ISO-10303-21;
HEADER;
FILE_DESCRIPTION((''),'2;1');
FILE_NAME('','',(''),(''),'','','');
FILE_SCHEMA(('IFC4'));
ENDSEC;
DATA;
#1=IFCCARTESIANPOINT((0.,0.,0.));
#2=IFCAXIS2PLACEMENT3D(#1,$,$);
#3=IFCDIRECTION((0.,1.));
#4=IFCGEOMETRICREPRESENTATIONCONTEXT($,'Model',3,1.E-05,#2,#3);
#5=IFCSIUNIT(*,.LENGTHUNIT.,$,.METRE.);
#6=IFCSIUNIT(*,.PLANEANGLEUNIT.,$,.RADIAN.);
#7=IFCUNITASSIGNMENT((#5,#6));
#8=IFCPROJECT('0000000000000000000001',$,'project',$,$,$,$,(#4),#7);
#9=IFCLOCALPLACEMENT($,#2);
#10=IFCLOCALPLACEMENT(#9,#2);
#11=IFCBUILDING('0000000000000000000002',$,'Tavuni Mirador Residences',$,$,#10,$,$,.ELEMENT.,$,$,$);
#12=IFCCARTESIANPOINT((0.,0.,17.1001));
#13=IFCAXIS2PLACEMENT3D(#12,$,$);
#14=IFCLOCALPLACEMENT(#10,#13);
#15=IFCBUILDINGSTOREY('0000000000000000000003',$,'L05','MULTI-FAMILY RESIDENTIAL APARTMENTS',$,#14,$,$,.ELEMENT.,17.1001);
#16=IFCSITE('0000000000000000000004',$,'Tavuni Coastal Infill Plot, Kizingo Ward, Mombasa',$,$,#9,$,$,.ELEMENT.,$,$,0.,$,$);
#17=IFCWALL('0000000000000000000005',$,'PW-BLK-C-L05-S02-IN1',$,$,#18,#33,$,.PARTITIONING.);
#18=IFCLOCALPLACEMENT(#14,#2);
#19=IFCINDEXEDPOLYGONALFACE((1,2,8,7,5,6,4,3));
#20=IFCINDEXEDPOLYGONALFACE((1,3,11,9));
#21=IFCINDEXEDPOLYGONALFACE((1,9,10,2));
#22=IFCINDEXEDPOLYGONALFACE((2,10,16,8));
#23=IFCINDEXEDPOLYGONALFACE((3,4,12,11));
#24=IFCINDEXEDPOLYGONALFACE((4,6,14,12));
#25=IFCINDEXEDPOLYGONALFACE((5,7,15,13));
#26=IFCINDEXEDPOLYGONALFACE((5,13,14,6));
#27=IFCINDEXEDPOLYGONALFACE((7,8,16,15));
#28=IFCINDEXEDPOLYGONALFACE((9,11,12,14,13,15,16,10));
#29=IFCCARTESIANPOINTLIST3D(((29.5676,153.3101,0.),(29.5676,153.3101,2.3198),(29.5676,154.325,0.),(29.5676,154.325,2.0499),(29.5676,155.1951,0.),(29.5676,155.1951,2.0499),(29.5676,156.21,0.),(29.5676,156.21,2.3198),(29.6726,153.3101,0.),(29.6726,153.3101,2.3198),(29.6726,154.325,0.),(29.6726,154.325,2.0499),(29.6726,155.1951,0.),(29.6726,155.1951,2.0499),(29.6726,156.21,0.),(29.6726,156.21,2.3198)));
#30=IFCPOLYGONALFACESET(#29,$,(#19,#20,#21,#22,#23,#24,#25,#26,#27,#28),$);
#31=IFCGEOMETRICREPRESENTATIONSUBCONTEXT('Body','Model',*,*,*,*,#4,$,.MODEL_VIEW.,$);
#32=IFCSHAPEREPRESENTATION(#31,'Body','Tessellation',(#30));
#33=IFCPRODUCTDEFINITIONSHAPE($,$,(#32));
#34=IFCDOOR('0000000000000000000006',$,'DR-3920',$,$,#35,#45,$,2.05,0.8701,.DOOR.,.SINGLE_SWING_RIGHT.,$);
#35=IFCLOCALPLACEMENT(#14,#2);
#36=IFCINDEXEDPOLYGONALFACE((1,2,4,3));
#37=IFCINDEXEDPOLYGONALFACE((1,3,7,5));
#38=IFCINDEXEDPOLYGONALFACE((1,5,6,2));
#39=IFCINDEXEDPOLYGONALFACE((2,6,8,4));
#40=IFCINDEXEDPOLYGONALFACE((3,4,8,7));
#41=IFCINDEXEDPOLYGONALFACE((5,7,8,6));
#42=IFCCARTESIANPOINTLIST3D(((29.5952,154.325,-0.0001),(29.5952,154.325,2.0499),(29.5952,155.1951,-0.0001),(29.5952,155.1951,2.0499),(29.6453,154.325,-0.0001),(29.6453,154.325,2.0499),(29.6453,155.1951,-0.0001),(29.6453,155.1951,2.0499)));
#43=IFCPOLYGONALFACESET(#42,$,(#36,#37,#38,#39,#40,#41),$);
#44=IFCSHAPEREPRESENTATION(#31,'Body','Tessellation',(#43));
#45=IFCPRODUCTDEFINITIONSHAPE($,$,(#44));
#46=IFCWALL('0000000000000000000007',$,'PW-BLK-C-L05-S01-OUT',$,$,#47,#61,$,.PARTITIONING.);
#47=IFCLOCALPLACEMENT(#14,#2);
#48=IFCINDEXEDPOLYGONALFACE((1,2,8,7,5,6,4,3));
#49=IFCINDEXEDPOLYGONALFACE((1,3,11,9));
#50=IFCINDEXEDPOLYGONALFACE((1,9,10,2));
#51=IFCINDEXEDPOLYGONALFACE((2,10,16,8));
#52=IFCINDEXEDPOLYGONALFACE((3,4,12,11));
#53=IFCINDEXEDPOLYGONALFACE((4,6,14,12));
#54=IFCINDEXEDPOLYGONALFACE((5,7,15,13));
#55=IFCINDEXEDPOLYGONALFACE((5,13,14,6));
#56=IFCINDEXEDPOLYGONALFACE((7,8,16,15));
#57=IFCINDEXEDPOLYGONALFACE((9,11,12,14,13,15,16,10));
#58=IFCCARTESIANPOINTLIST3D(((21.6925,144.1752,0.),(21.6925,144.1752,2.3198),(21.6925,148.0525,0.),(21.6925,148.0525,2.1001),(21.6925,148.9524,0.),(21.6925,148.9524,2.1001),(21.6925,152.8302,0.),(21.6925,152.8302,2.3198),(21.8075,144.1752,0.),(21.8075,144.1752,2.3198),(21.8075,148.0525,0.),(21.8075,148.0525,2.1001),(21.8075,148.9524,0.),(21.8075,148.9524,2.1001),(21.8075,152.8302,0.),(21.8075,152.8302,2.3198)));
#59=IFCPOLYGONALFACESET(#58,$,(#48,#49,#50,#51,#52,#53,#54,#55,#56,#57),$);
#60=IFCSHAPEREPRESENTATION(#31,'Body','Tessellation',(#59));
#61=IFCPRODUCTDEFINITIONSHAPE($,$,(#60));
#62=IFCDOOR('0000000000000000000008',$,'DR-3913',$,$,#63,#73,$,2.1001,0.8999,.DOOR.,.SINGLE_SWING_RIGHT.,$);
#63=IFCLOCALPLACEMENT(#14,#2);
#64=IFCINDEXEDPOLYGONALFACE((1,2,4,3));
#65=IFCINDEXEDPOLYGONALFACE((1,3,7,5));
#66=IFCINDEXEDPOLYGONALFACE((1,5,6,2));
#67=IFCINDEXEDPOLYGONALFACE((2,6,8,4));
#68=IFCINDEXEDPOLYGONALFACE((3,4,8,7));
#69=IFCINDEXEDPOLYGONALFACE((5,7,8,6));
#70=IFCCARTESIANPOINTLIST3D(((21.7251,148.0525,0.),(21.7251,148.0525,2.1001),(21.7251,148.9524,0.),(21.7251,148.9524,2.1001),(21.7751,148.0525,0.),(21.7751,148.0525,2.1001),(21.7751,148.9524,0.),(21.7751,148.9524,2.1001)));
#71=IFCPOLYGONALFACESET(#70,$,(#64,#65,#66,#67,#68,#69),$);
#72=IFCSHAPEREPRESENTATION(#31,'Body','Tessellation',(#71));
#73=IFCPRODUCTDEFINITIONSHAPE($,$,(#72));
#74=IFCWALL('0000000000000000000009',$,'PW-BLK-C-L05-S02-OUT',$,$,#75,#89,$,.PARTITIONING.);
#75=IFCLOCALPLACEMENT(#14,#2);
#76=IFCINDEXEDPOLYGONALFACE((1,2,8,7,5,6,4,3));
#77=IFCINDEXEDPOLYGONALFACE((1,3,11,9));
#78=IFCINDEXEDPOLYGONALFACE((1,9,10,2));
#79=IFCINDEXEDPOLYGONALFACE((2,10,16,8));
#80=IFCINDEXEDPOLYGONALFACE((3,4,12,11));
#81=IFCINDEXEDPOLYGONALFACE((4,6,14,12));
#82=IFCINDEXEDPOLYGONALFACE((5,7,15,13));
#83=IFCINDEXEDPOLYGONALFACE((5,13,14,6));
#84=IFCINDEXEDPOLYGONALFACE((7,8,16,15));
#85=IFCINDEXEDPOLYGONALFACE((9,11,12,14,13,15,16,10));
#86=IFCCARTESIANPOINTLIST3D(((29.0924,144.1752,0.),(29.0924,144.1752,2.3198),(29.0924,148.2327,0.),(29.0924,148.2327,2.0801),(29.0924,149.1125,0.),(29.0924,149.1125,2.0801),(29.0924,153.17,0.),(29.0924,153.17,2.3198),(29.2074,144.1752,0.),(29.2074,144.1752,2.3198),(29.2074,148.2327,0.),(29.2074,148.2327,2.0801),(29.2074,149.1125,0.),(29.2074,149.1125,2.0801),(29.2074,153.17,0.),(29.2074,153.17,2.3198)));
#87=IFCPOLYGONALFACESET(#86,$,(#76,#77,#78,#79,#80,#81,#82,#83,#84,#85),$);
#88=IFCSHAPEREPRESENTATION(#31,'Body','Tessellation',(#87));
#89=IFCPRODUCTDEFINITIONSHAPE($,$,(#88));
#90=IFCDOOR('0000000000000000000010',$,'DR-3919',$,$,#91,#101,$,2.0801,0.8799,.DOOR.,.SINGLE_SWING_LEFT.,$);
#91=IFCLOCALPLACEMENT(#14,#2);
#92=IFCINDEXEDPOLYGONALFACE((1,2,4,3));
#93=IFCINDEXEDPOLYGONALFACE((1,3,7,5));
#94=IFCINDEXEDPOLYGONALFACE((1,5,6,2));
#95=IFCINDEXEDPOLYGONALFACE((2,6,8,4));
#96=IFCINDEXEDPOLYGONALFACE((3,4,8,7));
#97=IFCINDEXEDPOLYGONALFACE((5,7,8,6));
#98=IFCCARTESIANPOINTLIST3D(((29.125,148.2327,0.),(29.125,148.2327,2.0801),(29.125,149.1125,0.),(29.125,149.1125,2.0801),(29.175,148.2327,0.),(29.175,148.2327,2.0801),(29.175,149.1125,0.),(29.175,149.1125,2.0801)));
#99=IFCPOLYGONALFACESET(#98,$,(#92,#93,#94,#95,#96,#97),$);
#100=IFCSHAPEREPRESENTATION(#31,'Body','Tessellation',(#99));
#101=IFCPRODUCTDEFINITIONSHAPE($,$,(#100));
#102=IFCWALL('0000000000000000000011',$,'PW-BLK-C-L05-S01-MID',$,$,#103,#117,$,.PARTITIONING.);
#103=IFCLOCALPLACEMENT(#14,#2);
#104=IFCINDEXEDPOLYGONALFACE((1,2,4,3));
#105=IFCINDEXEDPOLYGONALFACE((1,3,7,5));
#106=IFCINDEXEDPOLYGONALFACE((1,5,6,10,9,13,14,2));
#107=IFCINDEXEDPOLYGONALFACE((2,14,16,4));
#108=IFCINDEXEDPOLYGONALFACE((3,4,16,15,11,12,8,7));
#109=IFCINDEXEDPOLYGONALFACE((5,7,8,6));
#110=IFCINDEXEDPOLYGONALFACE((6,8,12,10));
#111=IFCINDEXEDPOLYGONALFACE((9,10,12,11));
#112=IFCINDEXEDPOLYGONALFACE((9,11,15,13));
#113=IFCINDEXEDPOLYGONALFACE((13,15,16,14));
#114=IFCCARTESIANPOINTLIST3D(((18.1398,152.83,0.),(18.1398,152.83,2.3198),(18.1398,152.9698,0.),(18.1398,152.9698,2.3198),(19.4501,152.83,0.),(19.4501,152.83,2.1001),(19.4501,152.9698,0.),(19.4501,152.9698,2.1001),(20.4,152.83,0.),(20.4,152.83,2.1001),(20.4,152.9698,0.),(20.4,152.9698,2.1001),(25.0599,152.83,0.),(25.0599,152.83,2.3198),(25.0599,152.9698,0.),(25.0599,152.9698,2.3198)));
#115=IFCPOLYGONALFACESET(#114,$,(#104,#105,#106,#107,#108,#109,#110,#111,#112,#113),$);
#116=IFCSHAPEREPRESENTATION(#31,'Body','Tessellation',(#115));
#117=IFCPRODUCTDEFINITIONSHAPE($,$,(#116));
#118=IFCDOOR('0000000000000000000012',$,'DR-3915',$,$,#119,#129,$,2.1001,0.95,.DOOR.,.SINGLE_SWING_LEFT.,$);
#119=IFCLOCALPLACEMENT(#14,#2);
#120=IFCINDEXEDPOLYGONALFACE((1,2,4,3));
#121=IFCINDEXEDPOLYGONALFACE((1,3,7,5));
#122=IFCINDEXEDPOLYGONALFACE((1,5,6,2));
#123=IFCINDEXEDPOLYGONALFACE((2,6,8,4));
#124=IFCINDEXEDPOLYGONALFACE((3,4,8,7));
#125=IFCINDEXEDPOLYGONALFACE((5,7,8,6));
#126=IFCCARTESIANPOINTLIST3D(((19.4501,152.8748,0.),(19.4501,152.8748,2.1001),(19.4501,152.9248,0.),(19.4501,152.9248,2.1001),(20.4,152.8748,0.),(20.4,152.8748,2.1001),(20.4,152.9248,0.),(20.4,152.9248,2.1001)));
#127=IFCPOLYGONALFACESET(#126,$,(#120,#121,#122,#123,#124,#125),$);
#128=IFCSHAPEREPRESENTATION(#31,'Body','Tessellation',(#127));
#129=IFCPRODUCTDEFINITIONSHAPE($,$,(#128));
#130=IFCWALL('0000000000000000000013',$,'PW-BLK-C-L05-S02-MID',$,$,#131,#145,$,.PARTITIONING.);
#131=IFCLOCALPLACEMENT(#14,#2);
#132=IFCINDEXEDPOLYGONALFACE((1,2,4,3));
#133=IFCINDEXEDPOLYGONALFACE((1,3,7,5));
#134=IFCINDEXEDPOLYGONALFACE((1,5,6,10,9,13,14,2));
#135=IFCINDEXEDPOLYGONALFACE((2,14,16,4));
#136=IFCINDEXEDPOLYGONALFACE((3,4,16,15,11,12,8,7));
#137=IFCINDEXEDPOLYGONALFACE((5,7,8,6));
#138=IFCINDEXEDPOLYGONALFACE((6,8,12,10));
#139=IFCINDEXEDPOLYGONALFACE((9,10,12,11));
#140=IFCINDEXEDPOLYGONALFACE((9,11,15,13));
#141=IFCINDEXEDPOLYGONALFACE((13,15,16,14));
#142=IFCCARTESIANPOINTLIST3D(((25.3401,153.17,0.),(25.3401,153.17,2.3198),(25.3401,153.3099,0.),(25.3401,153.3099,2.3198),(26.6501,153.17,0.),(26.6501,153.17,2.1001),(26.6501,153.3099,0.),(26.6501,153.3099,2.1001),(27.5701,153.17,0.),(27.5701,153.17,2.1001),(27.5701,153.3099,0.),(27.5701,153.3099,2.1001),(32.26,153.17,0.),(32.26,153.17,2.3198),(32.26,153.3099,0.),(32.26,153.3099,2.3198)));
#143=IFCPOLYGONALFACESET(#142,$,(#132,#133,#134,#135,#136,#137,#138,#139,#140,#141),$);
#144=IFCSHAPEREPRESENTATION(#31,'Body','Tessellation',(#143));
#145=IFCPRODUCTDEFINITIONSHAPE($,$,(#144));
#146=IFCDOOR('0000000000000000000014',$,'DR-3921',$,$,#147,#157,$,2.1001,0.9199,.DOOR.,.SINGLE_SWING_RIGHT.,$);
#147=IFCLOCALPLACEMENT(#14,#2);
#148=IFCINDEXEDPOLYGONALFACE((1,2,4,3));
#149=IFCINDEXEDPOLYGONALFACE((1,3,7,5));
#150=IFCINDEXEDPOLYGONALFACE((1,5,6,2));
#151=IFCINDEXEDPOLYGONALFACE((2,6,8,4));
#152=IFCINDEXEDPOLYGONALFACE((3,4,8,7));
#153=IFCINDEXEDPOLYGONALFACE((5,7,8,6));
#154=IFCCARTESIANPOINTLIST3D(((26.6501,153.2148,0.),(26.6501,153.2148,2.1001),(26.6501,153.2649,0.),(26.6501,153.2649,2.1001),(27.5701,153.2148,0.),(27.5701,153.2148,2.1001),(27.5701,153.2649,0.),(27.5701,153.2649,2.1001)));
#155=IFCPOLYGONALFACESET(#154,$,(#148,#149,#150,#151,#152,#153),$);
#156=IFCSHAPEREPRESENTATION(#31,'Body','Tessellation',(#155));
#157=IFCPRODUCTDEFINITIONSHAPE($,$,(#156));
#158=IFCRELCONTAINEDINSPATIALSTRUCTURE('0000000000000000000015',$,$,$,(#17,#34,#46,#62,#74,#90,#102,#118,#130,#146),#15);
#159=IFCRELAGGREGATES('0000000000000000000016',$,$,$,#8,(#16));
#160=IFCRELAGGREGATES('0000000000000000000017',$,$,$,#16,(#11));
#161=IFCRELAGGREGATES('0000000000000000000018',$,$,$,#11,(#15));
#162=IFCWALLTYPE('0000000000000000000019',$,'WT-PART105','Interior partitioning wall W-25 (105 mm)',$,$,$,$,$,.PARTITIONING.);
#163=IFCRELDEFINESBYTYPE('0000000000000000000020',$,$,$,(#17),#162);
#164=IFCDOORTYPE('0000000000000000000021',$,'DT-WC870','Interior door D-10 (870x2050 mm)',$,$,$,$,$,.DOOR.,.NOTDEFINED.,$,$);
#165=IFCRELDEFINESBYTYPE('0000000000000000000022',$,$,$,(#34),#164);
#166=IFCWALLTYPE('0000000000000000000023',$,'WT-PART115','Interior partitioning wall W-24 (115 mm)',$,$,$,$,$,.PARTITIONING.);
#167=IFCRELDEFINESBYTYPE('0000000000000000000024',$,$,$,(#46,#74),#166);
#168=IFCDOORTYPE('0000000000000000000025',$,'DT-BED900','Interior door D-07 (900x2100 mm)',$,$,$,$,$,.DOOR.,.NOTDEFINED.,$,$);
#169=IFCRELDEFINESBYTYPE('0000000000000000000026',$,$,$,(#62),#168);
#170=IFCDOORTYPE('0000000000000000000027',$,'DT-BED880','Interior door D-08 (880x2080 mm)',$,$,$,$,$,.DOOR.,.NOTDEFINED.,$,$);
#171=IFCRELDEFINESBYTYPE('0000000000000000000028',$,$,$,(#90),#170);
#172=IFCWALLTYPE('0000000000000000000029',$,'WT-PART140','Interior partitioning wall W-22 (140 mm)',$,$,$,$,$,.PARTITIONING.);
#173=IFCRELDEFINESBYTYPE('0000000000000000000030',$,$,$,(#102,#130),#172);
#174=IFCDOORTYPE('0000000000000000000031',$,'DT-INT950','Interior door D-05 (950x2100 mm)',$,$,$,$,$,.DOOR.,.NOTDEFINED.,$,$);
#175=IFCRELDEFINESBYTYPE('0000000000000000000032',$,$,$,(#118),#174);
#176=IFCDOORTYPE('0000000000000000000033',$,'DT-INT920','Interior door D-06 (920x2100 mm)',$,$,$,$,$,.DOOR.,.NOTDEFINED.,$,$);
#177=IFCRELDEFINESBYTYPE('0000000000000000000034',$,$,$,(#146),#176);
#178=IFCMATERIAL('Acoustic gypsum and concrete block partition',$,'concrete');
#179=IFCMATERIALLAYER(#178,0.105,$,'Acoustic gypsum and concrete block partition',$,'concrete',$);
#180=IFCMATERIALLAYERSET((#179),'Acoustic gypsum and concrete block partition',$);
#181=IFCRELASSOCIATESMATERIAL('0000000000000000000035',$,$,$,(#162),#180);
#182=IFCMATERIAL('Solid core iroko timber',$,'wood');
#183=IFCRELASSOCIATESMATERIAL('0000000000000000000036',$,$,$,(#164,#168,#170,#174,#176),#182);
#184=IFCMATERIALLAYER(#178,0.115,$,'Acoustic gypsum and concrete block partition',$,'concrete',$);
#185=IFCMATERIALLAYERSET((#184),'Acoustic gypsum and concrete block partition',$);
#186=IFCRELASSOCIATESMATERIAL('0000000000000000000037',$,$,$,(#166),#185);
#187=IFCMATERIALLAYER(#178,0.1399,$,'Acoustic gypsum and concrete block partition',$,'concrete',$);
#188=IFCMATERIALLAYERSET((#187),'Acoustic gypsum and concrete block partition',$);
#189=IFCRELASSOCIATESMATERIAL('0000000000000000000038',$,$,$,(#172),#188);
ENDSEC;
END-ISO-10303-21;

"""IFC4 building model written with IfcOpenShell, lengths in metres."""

from ifc_helpers import new_model, si_unit, direction, frame, frame_2d, origin, place, context, subcontext, project, spatial, rectangle, extrude, material, layer, layer_set, type_object, element, fill, save


model = new_model("IFC4")

# Units and contexts
model_context = context("Model", 3, precision=1e-05, world=origin(), true_north=direction((0.0, 1.0)))
body_context = subcontext(model_context, "Body", "Model", "MODEL_VIEW")
ifc_project = project(units=[si_unit("LENGTHUNIT", "METRE"), si_unit("PLANEANGLEUNIT", "RADIAN")], contexts=[model_context])

# Site, building, storey
site_placement = place(None, origin())
site = spatial("IfcSite", under=ifc_project, at=site_placement, Name="Tavuni Coastal Infill Plot, Kizingo Ward, Mombasa", CompositionType="ELEMENT", RefElevation=0.0)
building_placement = place(site_placement, origin())
building = spatial("IfcBuilding", under=site, at=building_placement, Name="Tavuni Mirador Residences", CompositionType="ELEMENT")
storey_placement = place(building_placement, frame((0.0, 0.0, 17.1001)))
storey = spatial("IfcBuildingStorey", under=building, at=storey_placement, Name="L05", Description="MULTI-FAMILY RESIDENTIAL APARTMENTS", CompositionType="ELEMENT", Elevation=17.1001)

# Shared definitions
ifc_material_1 = material(Name="Solid core iroko timber", Category="wood")

# Walls, openings, doors
ifc_material_2 = material(Name="Acoustic gypsum and concrete block partition", Category="concrete")
ifc_layer_1 = layer(ifc_material_2, 0.105, Name="Acoustic gypsum and concrete block partition", Category="concrete")
ifc_layer_set_1 = layer_set([ifc_layer_1], Name="Acoustic gypsum and concrete block partition")
wall_type_1 = type_object("IfcWallType", Name="WT-PART105", Description="Interior partitioning wall W-25 (105 mm)", PredefinedType="PARTITIONING", material=ifc_layer_set_1)
wall_1_placement = place(storey_placement, frame((29.6201, 153.3101, 0.0), z_axis=(0.0, 0.0, 1.0), x_axis=(0.0, 1.0, 0.0)))
wall_1 = element("IfcWall", 1, at=wall_1_placement, inside=storey, type_object=wall_type_1, Name="PW-BLK-C-L05-S02-IN1", PredefinedType="PARTITIONING", context=body_context, shape_type="SweptSolid", body=[
    extrude(rectangle(XDim=2.8999, YDim=0.105, at=frame_2d((1.45, 0.0))), origin(), (0.0, 0.0, 1.0), 2.3198),
])
opening_1_placement = place(wall_1_placement, frame((1.0149, 0.0, 0.0)))
opening_1 = element("IfcOpeningElement", 2, at=opening_1_placement, cuts=wall_1, PredefinedType="OPENING", context=body_context, shape_type="SweptSolid", body=[
    extrude(rectangle(XDim=0.8701, YDim=2.05, at=frame_2d((0.4351, 1.0249))), frame((0.0, 0.0625, 0.0), z_axis=(0.0, -1.0, 0.0), x_axis=(1.0, 0.0, 0.0)), (0.0, 0.0, 1.0), 0.125),
])
door_type_1 = type_object("IfcDoorType", Name="DT-WC870", Description="Interior door D-10 (870x2050 mm)", OperationType="NOTDEFINED", PredefinedType="DOOR", material=ifc_material_1)
door_1_placement = place(opening_1_placement, origin())
door_1 = element("IfcDoor", 3, at=door_1_placement, inside=storey, type_object=door_type_1, Name="DR-3920", OperationType="SINGLE_SWING_RIGHT", OverallHeight=2.05, OverallWidth=0.8701, PredefinedType="DOOR", context=body_context, shape_type="SweptSolid", body=[
    extrude(rectangle(XDim=0.8701, YDim=2.05, at=frame_2d((0.4351, 1.0249))), frame((0.0, 0.0249, 0.0), z_axis=(0.0, -1.0, 0.0), x_axis=(1.0, 0.0, 0.0)), (0.0, 0.0, 1.0), 0.05),
])
fill(opening_1, door_1)
ifc_layer_2 = layer(ifc_material_2, 0.115, Name="Acoustic gypsum and concrete block partition", Category="concrete")
ifc_layer_set_2 = layer_set([ifc_layer_2], Name="Acoustic gypsum and concrete block partition")
wall_type_2 = type_object("IfcWallType", Name="WT-PART115", Description="Interior partitioning wall W-24 (115 mm)", PredefinedType="PARTITIONING", material=ifc_layer_set_2)
wall_2_placement = place(storey_placement, frame((21.75, 144.175, 0.0), z_axis=(0.0, 0.0, 1.0), x_axis=(0.0, 1.0, 0.0)))
wall_2 = element("IfcWall", 4, at=wall_2_placement, inside=storey, type_object=wall_type_2, Name="PW-BLK-C-L05-S01-OUT", PredefinedType="PARTITIONING", context=body_context, shape_type="SweptSolid", body=[
    extrude(rectangle(XDim=8.655, YDim=0.115, at=frame_2d((4.3276, 0.0))), origin(), (0.0, 0.0, 1.0), 2.3198),
])
opening_2_placement = place(wall_2_placement, frame((3.8774, 0.0, 0.0)))
opening_2 = element("IfcOpeningElement", 5, at=opening_2_placement, cuts=wall_2, PredefinedType="OPENING", context=body_context, shape_type="SweptSolid", body=[
    extrude(rectangle(XDim=0.8999, YDim=2.1001, at=frame_2d((0.45, 1.05))), frame((0.0, 0.0674, 0.0), z_axis=(0.0, -1.0, 0.0), x_axis=(1.0, 0.0, 0.0)), (0.0, 0.0, 1.0), 0.135),
])
door_type_2 = type_object("IfcDoorType", Name="DT-BED900", Description="Interior door D-07 (900x2100 mm)", OperationType="NOTDEFINED", PredefinedType="DOOR", material=ifc_material_1)
door_2_placement = place(opening_2_placement, origin())
door_2 = element("IfcDoor", 6, at=door_2_placement, inside=storey, type_object=door_type_2, Name="DR-3913", OperationType="SINGLE_SWING_RIGHT", OverallHeight=2.1001, OverallWidth=0.8999, PredefinedType="DOOR", context=body_context, shape_type="SweptSolid", body=[
    extrude(rectangle(XDim=0.8999, YDim=2.1001, at=frame_2d((0.45, 1.05))), frame((0.0, 0.0249, 0.0), z_axis=(0.0, -1.0, 0.0), x_axis=(1.0, 0.0, 0.0)), (0.0, 0.0, 1.0), 0.05),
])
fill(opening_2, door_2)
wall_3_placement = place(storey_placement, frame((29.1499, 144.175, 0.0), z_axis=(0.0, 0.0, 1.0), x_axis=(0.0, 1.0, 0.0)))
wall_3 = element("IfcWall", 7, at=wall_3_placement, inside=storey, type_object=wall_type_2, Name="PW-BLK-C-L05-S02-OUT", PredefinedType="PARTITIONING", context=body_context, shape_type="SweptSolid", body=[
    extrude(rectangle(XDim=8.9949, YDim=0.115, at=frame_2d((4.4976, 0.0))), origin(), (0.0, 0.0, 1.0), 2.3198),
])
opening_3_placement = place(wall_3_placement, frame((4.0576, 0.0, 0.0)))
opening_3 = element("IfcOpeningElement", 8, at=opening_3_placement, cuts=wall_3, PredefinedType="OPENING", context=body_context, shape_type="SweptSolid", body=[
    extrude(rectangle(XDim=0.8799, YDim=2.0801, at=frame_2d((0.4399, 1.04))), frame((0.0, 0.0674, 0.0), z_axis=(0.0, -1.0, 0.0), x_axis=(1.0, 0.0, 0.0)), (0.0, 0.0, 1.0), 0.135),
])
door_type_3 = type_object("IfcDoorType", Name="DT-BED880", Description="Interior door D-08 (880x2080 mm)", OperationType="NOTDEFINED", PredefinedType="DOOR", material=ifc_material_1)
door_3_placement = place(opening_3_placement, origin())
door_3 = element("IfcDoor", 9, at=door_3_placement, inside=storey, type_object=door_type_3, Name="DR-3919", OperationType="SINGLE_SWING_LEFT", OverallHeight=2.0801, OverallWidth=0.8799, PredefinedType="DOOR", context=body_context, shape_type="SweptSolid", body=[
    extrude(rectangle(XDim=0.8799, YDim=2.0801, at=frame_2d((0.4399, 1.04))), frame((0.0, 0.0249, 0.0), z_axis=(0.0, -1.0, 0.0), x_axis=(1.0, 0.0, 0.0)), (0.0, 0.0, 1.0), 0.05),
])
fill(opening_3, door_3)
ifc_layer_3 = layer(ifc_material_2, 0.1399, Name="Acoustic gypsum and concrete block partition", Category="concrete")
ifc_layer_set_3 = layer_set([ifc_layer_3], Name="Acoustic gypsum and concrete block partition")
wall_type_3 = type_object("IfcWallType", Name="WT-PART140", Description="Interior partitioning wall W-22 (140 mm)", PredefinedType="PARTITIONING", material=ifc_layer_set_3)
wall_4_placement = place(storey_placement, frame((18.1399, 152.8999, 0.0), z_axis=(0.0, 0.0, 1.0), x_axis=(1.0, 0.0, 0.0)))
wall_4 = element("IfcWall", 10, at=wall_4_placement, inside=storey, type_object=wall_type_3, Name="PW-BLK-C-L05-S01-MID", PredefinedType="PARTITIONING", context=body_context, shape_type="SweptSolid", body=[
    extrude(rectangle(XDim=6.9202, YDim=0.1399, at=frame_2d((3.46, 0.0))), origin(), (0.0, 0.0, 1.0), 2.3198),
])
opening_4_placement = place(wall_4_placement, frame((1.3101, 0.0, 0.0)))
opening_4 = element("IfcOpeningElement", 11, at=opening_4_placement, cuts=wall_4, PredefinedType="OPENING", context=body_context, shape_type="SweptSolid", body=[
    extrude(rectangle(XDim=0.95, YDim=2.1001, at=frame_2d((0.4751, 1.05))), frame((0.0, 0.0801, 0.0), z_axis=(0.0, -1.0, 0.0), x_axis=(1.0, 0.0, 0.0)), (0.0, 0.0, 1.0), 0.1599),
])
door_type_4 = type_object("IfcDoorType", Name="DT-INT950", Description="Interior door D-05 (950x2100 mm)", OperationType="NOTDEFINED", PredefinedType="DOOR", material=ifc_material_1)
door_4_placement = place(opening_4_placement, origin())
door_4 = element("IfcDoor", 12, at=door_4_placement, inside=storey, type_object=door_type_4, Name="DR-3915", OperationType="SINGLE_SWING_LEFT", OverallHeight=2.1001, OverallWidth=0.95, PredefinedType="DOOR", context=body_context, shape_type="SweptSolid", body=[
    extrude(rectangle(XDim=0.95, YDim=2.1001, at=frame_2d((0.4751, 1.05))), frame((0.0, 0.0249, 0.0), z_axis=(0.0, -1.0, 0.0), x_axis=(1.0, 0.0, 0.0)), (0.0, 0.0, 1.0), 0.05),
])
fill(opening_4, door_4)
wall_5_placement = place(storey_placement, frame((25.3401, 153.24, 0.0), z_axis=(0.0, 0.0, 1.0), x_axis=(1.0, 0.0, 0.0)))
wall_5 = element("IfcWall", 13, at=wall_5_placement, inside=storey, type_object=wall_type_3, Name="PW-BLK-C-L05-S02-MID", PredefinedType="PARTITIONING", context=body_context, shape_type="SweptSolid", body=[
    extrude(rectangle(XDim=6.9199, YDim=0.1399, at=frame_2d((3.46, 0.0))), origin(), (0.0, 0.0, 1.0), 2.3198),
])
opening_5_placement = place(wall_5_placement, frame((1.3101, 0.0, 0.0)))
opening_5 = element("IfcOpeningElement", 14, at=opening_5_placement, cuts=wall_5, PredefinedType="OPENING", context=body_context, shape_type="SweptSolid", body=[
    extrude(rectangle(XDim=0.9199, YDim=2.1001, at=frame_2d((0.46, 1.05))), frame((0.0, 0.0801, 0.0), z_axis=(0.0, -1.0, 0.0), x_axis=(1.0, 0.0, 0.0)), (0.0, 0.0, 1.0), 0.1599),
])
door_type_5 = type_object("IfcDoorType", Name="DT-INT920", Description="Interior door D-06 (920x2100 mm)", OperationType="NOTDEFINED", PredefinedType="DOOR", material=ifc_material_1)
door_5_placement = place(opening_5_placement, origin())
door_5 = element("IfcDoor", 15, at=door_5_placement, inside=storey, type_object=door_type_5, Name="DR-3921", OperationType="SINGLE_SWING_RIGHT", OverallHeight=2.1001, OverallWidth=0.9199, PredefinedType="DOOR", context=body_context, shape_type="SweptSolid", body=[
    extrude(rectangle(XDim=0.9199, YDim=2.1001, at=frame_2d((0.46, 1.05))), frame((0.0, 0.0249, 0.0), z_axis=(0.0, -1.0, 0.0), x_axis=(1.0, 0.0, 0.0)), (0.0, 0.0, 1.0), 0.05),
])
fill(opening_5, door_5)

save(model, "model.ifc")
